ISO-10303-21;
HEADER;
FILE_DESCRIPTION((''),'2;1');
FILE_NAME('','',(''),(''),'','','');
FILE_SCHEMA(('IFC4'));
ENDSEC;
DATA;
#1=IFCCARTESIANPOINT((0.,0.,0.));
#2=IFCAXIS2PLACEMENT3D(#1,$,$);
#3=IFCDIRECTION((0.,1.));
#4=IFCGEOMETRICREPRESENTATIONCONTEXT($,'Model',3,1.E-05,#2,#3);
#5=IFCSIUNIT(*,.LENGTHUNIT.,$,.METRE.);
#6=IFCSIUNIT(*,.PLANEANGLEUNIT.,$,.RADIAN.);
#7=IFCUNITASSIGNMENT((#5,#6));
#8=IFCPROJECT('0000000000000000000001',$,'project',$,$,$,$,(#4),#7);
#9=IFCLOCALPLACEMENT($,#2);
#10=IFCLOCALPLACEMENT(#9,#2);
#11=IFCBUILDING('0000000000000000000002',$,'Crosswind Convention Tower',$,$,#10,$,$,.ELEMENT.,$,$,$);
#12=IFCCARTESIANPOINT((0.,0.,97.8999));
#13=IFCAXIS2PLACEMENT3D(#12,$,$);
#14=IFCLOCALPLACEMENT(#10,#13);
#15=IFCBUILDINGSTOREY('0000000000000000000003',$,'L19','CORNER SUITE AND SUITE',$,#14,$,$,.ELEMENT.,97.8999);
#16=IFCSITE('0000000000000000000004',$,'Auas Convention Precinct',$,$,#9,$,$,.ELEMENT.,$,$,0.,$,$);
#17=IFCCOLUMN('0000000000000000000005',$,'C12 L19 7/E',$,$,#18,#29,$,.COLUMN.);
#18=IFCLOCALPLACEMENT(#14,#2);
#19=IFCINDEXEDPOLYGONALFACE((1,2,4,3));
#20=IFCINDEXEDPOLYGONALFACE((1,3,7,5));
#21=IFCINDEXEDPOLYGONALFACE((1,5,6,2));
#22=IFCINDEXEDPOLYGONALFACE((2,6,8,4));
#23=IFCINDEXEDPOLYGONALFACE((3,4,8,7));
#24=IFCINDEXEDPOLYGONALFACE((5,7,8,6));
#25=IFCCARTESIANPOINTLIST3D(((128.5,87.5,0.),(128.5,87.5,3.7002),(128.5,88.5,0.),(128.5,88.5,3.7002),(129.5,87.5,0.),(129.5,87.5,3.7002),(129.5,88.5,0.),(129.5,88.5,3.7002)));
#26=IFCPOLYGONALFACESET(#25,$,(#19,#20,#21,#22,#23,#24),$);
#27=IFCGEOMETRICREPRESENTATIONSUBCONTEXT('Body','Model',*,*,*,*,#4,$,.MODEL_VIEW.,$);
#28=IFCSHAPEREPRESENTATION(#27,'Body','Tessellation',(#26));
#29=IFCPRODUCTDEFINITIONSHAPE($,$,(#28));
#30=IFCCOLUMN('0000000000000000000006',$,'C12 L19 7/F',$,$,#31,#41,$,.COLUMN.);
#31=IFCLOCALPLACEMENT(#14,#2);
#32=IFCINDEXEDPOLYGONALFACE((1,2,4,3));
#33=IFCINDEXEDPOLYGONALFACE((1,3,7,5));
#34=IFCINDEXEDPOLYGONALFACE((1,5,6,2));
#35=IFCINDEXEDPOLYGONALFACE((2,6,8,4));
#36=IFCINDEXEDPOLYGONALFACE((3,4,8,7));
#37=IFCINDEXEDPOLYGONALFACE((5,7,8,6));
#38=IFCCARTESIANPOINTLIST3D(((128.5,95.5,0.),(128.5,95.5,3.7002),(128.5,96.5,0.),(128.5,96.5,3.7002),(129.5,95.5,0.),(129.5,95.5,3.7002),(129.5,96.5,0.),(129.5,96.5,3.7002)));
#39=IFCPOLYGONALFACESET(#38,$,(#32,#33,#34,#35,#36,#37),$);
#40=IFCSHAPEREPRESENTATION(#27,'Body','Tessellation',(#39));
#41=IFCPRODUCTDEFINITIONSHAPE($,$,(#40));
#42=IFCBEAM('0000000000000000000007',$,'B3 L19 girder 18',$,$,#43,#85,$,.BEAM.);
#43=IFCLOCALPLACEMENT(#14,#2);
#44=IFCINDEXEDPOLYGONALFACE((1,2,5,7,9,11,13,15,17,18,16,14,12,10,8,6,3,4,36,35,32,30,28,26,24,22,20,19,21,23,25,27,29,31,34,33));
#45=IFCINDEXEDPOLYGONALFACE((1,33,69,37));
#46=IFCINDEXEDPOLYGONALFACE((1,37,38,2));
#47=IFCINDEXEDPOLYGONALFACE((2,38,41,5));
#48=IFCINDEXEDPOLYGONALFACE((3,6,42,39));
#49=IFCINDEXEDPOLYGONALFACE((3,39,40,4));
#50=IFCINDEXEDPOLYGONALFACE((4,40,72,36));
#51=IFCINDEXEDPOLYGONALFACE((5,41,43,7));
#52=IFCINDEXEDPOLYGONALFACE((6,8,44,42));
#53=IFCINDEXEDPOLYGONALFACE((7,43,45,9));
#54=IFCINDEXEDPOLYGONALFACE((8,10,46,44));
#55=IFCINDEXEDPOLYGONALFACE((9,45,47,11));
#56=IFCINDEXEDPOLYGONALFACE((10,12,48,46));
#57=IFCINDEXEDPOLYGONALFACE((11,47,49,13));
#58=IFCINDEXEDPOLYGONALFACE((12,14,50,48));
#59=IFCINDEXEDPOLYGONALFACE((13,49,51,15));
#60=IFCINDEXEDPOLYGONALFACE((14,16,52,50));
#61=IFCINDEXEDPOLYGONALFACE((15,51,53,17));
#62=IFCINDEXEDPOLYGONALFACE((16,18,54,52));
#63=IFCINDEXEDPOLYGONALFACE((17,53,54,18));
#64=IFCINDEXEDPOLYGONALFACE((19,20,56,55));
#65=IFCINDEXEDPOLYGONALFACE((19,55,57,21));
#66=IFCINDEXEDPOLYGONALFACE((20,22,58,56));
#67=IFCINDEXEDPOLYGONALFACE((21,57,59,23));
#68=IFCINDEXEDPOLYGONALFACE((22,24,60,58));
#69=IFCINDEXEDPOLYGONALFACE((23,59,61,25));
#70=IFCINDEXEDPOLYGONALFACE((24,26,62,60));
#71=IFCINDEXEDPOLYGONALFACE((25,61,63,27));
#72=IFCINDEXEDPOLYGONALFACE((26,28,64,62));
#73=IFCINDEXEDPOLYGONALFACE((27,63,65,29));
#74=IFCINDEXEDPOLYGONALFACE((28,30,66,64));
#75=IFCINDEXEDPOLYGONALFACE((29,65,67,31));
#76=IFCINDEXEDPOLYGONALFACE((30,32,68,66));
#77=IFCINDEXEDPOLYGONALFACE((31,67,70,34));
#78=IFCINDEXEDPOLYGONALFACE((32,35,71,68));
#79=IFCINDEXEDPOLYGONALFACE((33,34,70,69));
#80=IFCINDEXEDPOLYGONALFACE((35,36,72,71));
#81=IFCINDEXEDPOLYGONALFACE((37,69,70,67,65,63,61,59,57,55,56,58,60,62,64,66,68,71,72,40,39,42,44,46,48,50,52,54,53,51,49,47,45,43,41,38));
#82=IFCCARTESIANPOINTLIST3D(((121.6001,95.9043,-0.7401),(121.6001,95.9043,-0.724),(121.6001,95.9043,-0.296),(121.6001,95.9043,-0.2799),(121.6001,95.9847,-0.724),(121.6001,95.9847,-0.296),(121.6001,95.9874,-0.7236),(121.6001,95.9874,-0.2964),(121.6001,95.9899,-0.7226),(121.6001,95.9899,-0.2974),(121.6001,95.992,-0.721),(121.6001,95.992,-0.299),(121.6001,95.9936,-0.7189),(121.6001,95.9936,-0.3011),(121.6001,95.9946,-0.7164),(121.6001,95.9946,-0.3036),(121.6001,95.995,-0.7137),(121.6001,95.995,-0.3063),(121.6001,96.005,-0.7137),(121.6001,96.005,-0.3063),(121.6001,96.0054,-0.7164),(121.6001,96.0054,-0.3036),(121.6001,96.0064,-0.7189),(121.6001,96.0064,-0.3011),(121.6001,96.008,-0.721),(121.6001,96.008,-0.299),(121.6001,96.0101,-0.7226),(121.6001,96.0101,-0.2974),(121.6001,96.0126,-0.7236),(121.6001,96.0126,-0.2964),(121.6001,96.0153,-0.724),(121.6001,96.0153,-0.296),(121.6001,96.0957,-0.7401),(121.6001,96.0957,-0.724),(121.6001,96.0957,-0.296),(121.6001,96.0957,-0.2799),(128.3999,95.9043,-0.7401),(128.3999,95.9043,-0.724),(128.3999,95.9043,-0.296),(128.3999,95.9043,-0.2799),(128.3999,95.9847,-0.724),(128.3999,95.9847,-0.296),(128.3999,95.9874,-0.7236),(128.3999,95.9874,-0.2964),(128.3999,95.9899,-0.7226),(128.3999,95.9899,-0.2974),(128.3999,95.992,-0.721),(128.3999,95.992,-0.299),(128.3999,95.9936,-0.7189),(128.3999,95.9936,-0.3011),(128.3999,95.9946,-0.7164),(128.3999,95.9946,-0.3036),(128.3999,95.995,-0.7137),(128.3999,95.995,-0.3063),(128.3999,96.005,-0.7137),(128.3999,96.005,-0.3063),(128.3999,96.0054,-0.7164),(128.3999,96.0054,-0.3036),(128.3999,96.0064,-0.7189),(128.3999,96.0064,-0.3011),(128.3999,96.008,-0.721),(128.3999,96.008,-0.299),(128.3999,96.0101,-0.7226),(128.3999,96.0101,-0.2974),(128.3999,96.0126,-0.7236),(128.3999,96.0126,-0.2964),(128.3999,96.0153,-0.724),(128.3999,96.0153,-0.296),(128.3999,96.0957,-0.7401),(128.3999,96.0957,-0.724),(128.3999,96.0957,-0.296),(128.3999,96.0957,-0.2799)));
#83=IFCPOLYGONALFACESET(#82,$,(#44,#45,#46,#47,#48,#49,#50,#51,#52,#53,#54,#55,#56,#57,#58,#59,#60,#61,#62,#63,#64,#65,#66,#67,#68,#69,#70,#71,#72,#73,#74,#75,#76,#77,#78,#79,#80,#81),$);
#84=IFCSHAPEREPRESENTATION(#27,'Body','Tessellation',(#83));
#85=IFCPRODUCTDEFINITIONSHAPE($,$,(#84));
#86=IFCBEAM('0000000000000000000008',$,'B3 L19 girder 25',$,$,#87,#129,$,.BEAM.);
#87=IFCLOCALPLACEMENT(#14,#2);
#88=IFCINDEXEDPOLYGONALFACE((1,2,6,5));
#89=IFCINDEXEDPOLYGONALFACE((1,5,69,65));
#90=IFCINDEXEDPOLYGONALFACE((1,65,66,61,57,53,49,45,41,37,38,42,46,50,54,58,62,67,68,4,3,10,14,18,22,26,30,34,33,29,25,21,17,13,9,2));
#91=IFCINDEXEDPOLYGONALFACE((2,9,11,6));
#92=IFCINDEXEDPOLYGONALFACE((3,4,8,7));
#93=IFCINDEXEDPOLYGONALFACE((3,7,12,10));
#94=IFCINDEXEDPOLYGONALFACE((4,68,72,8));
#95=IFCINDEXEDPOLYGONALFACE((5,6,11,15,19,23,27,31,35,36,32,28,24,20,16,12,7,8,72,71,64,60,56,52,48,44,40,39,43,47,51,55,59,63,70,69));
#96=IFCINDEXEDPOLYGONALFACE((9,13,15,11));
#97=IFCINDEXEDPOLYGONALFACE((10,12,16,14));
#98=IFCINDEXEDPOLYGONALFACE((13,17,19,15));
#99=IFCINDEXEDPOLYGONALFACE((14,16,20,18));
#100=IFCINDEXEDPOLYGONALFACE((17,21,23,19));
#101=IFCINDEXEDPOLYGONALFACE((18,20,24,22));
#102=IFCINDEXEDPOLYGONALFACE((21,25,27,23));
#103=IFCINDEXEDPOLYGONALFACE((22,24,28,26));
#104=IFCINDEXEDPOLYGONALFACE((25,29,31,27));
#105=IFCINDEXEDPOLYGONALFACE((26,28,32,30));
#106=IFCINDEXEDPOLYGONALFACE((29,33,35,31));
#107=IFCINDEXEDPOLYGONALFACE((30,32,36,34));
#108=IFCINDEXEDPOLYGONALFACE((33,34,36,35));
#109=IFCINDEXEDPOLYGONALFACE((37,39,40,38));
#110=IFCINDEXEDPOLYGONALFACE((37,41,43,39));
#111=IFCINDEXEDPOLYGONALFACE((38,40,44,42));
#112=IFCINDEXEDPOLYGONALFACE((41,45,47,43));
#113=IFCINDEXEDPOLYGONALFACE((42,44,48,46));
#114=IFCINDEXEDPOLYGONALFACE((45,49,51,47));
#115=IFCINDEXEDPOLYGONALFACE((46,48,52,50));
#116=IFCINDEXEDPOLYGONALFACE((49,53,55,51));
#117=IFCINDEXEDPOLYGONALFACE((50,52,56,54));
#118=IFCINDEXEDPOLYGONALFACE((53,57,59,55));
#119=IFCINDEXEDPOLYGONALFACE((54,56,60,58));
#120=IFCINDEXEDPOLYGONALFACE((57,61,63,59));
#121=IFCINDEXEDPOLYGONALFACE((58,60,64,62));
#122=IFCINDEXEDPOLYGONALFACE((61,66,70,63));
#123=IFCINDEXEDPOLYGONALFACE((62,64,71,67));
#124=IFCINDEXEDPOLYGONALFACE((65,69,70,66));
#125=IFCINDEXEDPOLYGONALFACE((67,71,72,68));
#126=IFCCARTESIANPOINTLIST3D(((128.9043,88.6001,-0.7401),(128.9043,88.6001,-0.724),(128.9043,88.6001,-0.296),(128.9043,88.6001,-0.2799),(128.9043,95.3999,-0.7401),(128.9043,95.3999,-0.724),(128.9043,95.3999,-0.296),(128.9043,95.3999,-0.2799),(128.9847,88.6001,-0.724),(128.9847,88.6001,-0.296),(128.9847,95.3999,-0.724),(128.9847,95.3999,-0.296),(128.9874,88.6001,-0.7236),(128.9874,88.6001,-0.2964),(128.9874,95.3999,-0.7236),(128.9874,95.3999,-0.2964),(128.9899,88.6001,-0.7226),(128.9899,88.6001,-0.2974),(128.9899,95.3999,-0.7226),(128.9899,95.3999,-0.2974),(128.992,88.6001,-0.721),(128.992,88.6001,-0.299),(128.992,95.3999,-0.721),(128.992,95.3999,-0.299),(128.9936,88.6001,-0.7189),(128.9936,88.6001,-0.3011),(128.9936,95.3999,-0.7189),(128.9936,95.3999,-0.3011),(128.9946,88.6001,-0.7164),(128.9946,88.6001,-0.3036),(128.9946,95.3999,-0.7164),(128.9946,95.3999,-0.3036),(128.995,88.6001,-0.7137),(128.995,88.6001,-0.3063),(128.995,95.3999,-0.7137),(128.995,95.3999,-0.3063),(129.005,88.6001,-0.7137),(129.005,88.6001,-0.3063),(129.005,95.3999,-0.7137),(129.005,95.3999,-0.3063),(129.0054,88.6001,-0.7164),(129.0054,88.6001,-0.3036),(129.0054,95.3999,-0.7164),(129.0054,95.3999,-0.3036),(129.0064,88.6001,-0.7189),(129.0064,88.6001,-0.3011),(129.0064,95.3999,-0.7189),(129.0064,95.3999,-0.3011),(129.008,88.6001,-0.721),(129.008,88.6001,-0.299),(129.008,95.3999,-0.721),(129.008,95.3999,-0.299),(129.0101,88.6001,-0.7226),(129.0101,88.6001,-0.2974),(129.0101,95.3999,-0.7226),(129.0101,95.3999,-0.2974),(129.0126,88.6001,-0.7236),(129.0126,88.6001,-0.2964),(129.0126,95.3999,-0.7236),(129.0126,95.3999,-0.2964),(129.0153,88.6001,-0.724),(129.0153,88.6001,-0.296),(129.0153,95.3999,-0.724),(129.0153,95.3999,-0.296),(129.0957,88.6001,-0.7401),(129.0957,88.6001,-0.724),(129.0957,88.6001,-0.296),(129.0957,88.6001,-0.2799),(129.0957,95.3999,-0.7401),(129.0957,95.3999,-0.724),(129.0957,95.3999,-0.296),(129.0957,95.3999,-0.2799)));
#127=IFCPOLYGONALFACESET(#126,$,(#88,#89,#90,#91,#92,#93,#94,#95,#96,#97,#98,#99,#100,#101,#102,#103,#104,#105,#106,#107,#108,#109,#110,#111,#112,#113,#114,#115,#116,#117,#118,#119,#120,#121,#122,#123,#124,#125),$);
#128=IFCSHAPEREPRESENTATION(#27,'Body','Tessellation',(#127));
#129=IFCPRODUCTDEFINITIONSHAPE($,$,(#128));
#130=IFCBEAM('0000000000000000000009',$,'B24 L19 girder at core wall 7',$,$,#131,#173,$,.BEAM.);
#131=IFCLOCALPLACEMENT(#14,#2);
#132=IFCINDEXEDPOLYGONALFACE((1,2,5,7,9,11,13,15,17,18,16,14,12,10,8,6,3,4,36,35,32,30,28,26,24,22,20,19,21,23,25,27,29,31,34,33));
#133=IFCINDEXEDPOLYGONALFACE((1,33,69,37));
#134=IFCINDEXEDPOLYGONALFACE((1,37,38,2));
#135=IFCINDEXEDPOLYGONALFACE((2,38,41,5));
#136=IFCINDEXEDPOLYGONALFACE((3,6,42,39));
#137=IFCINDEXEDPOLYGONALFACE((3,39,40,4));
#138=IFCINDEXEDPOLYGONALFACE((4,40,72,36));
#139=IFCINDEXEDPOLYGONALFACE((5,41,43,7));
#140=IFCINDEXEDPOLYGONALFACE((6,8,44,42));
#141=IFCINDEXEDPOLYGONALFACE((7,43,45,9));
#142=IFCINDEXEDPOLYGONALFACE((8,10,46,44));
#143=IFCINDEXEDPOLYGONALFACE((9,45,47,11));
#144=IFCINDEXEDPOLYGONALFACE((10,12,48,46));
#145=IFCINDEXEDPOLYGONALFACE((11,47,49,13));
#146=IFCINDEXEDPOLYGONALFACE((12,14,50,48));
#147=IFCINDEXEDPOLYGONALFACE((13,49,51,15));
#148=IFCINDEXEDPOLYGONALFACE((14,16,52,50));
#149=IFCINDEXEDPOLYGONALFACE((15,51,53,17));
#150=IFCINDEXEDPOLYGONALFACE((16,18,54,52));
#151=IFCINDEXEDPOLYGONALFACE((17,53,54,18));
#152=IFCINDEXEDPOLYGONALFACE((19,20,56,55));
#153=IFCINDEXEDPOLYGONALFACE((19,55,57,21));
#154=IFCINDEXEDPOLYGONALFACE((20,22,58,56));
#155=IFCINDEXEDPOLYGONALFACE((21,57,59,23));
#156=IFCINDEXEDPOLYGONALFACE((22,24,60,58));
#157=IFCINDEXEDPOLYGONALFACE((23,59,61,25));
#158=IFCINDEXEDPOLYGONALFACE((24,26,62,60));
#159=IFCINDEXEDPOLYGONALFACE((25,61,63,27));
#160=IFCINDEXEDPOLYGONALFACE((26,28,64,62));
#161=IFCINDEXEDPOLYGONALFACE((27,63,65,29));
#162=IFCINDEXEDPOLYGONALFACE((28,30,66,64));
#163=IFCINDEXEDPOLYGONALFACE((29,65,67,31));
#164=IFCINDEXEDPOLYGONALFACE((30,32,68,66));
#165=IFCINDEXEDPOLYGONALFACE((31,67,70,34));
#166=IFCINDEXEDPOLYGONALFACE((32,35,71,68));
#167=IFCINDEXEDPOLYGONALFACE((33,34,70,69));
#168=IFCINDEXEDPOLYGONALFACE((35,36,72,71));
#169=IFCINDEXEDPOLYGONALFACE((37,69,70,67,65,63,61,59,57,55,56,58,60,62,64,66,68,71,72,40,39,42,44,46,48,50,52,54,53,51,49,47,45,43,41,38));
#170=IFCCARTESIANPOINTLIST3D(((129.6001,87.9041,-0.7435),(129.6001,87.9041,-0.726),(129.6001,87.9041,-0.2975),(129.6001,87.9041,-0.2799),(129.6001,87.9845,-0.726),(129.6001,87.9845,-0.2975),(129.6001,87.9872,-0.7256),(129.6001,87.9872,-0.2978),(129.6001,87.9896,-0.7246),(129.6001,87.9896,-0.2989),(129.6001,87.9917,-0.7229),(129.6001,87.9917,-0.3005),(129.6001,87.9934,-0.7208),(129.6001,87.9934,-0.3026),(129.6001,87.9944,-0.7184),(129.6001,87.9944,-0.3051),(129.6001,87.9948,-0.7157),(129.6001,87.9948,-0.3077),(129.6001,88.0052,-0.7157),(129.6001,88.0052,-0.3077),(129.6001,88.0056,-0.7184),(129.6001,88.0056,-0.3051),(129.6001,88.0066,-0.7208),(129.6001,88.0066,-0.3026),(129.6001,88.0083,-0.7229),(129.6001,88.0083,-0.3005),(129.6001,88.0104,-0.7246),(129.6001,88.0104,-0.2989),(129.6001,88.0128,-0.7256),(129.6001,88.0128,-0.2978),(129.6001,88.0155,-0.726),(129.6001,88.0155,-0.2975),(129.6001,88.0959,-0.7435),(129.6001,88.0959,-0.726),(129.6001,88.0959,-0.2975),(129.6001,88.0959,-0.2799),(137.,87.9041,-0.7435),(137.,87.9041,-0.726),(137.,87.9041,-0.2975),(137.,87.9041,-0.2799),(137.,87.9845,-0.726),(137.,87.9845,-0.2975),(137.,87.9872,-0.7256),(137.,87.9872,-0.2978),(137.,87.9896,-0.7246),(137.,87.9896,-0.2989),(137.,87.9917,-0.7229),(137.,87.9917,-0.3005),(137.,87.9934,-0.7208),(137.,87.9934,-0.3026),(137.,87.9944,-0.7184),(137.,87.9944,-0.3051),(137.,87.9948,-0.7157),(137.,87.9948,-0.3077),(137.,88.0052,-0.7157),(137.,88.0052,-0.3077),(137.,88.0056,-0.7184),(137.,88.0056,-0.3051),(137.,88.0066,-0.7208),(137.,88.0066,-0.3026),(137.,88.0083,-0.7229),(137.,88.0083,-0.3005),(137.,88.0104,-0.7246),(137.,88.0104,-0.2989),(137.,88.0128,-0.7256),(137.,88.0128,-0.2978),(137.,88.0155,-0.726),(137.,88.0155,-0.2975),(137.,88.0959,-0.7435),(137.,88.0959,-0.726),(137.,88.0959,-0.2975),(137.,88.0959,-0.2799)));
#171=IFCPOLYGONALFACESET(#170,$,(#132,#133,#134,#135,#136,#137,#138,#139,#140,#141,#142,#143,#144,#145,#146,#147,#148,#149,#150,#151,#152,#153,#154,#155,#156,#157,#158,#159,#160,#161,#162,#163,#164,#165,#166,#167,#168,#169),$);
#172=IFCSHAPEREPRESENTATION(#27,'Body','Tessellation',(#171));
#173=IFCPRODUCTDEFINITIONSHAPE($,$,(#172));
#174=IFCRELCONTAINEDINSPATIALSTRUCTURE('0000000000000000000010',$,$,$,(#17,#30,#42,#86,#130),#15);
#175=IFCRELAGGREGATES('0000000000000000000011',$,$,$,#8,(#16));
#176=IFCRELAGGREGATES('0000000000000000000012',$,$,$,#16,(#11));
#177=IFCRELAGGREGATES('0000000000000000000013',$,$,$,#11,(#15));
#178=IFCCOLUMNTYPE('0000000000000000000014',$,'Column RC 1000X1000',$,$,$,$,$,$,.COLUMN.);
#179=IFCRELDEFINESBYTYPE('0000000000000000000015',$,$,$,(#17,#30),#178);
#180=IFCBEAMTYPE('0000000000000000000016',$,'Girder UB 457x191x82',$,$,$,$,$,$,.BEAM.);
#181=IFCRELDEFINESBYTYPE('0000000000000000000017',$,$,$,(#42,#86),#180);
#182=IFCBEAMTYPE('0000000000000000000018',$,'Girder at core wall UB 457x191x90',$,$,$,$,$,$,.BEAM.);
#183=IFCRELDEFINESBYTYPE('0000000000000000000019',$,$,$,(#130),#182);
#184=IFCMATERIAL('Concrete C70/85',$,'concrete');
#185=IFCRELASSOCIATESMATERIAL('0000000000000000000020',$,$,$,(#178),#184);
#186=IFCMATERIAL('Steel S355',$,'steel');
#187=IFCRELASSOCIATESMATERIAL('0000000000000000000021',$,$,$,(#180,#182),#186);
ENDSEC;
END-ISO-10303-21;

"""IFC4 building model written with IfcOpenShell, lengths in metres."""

from ifc_helpers import new_model, si_unit, direction, frame, origin, origin_2d, place, context, subcontext, project, spatial, rectangle, i_section, extrude, material, material_profile, profile_set, type_object, element, save


model = new_model("IFC4")

# Units and contexts
model_context = context("Model", 3, precision=1e-05, world=origin(), true_north=direction((0.0, 1.0)))
body_context = subcontext(model_context, "Body", "Model", "MODEL_VIEW")
ifc_project = project(units=[si_unit("LENGTHUNIT", "METRE"), si_unit("PLANEANGLEUNIT", "RADIAN")], contexts=[model_context])

# Site, building, storey
site_placement = place(None, origin())
site = spatial("IfcSite", under=ifc_project, at=site_placement, Name="Auas Convention Precinct", CompositionType="ELEMENT", RefElevation=0.0)
building_placement = place(site_placement, origin())
building = spatial("IfcBuilding", under=site, at=building_placement, Name="Crosswind Convention Tower", CompositionType="ELEMENT")
storey_placement = place(building_placement, frame((0.0, 0.0, 97.8999)))
storey = spatial("IfcBuildingStorey", under=building, at=storey_placement, Name="L19", Description="CORNER SUITE AND SUITE", CompositionType="ELEMENT", Elevation=97.8999)

# Columns
ifc_material_1 = material(Name="Concrete C70/85", Category="concrete")
ifc_material_profile_1 = material_profile(ifc_material_1, rectangle(XDim=1.0, YDim=1.0, at=origin_2d()), Name="RC 1000X1000")
ifc_profile_set_1 = profile_set([ifc_material_profile_1], Name="Concrete C70/85")
column_type = type_object("IfcColumnType", Name="Column RC 1000X1000", PredefinedType="COLUMN", material=ifc_profile_set_1)
for number, where, z_axis, x_axis, name in (
    (1, (129.0, 88.0, 0.0), (0.0, 0.0, 1.0), (1.0, 0.0, 0.0), "C12 L19 7/E"),
    (2, (129.0, 96.0, 0.0), (0.0, 0.0, 1.0), (1.0, 0.0, 0.0), "C12 L19 7/F"),
):
    element("IfcColumn", number, at=place(storey_placement, frame(where, z_axis=z_axis, x_axis=x_axis)), inside=storey, type_object=column_type, Name=name, PredefinedType="COLUMN", context=body_context, shape_type="SweptSolid", body=[
        extrude(rectangle(XDim=1.0, YDim=1.0, at=origin_2d()), origin(), (0.0, 0.0, 1.0), 3.7002),
    ])

# Beams
ifc_material_2 = material(Name="Steel S355", Category="steel")
ifc_material_profile_2 = material_profile(ifc_material_2, i_section(OverallWidth=0.1914, OverallDepth=0.4602, WebThickness=0.01, FlangeThickness=0.0161, FilletRadius=0.0103, at=origin_2d()), Name="UB 457x191x82")
ifc_profile_set_2 = profile_set([ifc_material_profile_2], Name="Steel S355")
beam_type_1 = type_object("IfcBeamType", Name="Girder UB 457x191x82", PredefinedType="BEAM", material=ifc_profile_set_2)
for number, where, z_axis, x_axis, name in (
    (3, (121.6001, 96.0, -0.51), (1.0, 0.0, 0.0), (0.0, 1.0, 0.0), "B3 L19 girder 18"),
    (4, (129.0, 88.6001, -0.51), (0.0, 1.0, 0.0), (-1.0, 0.0, 0.0), "B3 L19 girder 25"),
):
    element("IfcBeam", number, at=place(storey_placement, frame(where, z_axis=z_axis, x_axis=x_axis)), inside=storey, type_object=beam_type_1, Name=name, PredefinedType="BEAM", context=body_context, shape_type="SweptSolid", body=[
        extrude(i_section(OverallWidth=0.1914, OverallDepth=0.4602, WebThickness=0.01, FlangeThickness=0.0161, FilletRadius=0.0103, at=origin_2d()), origin(), (0.0, 0.0, 1.0), 6.7998),
    ])
ifc_material_profile_3 = material_profile(ifc_material_2, i_section(OverallWidth=0.1919, OverallDepth=0.4636, WebThickness=0.0105, FlangeThickness=0.0176, FilletRadius=0.0103, at=origin_2d()), Name="UB 457x191x90")
ifc_profile_set_3 = profile_set([ifc_material_profile_3], Name="Steel S355")
beam_type_2 = type_object("IfcBeamType", Name="Girder at core wall UB 457x191x90", PredefinedType="BEAM", material=ifc_profile_set_3)
for number, where, z_axis, x_axis, name in (
    (5, (129.6001, 88.0, -0.5117), (1.0, 0.0, 0.0), (0.0, 1.0, 0.0), "B24 L19 girder at core wall 7"),
):
    element("IfcBeam", number, at=place(storey_placement, frame(where, z_axis=z_axis, x_axis=x_axis)), inside=storey, type_object=beam_type_2, Name=name, PredefinedType="BEAM", context=body_context, shape_type="SweptSolid", body=[
        extrude(i_section(OverallWidth=0.1919, OverallDepth=0.4636, WebThickness=0.0105, FlangeThickness=0.0176, FilletRadius=0.0103, at=origin_2d()), origin(), (0.0, 0.0, 1.0), 7.3999),
    ])

save(model, "model.ifc")
